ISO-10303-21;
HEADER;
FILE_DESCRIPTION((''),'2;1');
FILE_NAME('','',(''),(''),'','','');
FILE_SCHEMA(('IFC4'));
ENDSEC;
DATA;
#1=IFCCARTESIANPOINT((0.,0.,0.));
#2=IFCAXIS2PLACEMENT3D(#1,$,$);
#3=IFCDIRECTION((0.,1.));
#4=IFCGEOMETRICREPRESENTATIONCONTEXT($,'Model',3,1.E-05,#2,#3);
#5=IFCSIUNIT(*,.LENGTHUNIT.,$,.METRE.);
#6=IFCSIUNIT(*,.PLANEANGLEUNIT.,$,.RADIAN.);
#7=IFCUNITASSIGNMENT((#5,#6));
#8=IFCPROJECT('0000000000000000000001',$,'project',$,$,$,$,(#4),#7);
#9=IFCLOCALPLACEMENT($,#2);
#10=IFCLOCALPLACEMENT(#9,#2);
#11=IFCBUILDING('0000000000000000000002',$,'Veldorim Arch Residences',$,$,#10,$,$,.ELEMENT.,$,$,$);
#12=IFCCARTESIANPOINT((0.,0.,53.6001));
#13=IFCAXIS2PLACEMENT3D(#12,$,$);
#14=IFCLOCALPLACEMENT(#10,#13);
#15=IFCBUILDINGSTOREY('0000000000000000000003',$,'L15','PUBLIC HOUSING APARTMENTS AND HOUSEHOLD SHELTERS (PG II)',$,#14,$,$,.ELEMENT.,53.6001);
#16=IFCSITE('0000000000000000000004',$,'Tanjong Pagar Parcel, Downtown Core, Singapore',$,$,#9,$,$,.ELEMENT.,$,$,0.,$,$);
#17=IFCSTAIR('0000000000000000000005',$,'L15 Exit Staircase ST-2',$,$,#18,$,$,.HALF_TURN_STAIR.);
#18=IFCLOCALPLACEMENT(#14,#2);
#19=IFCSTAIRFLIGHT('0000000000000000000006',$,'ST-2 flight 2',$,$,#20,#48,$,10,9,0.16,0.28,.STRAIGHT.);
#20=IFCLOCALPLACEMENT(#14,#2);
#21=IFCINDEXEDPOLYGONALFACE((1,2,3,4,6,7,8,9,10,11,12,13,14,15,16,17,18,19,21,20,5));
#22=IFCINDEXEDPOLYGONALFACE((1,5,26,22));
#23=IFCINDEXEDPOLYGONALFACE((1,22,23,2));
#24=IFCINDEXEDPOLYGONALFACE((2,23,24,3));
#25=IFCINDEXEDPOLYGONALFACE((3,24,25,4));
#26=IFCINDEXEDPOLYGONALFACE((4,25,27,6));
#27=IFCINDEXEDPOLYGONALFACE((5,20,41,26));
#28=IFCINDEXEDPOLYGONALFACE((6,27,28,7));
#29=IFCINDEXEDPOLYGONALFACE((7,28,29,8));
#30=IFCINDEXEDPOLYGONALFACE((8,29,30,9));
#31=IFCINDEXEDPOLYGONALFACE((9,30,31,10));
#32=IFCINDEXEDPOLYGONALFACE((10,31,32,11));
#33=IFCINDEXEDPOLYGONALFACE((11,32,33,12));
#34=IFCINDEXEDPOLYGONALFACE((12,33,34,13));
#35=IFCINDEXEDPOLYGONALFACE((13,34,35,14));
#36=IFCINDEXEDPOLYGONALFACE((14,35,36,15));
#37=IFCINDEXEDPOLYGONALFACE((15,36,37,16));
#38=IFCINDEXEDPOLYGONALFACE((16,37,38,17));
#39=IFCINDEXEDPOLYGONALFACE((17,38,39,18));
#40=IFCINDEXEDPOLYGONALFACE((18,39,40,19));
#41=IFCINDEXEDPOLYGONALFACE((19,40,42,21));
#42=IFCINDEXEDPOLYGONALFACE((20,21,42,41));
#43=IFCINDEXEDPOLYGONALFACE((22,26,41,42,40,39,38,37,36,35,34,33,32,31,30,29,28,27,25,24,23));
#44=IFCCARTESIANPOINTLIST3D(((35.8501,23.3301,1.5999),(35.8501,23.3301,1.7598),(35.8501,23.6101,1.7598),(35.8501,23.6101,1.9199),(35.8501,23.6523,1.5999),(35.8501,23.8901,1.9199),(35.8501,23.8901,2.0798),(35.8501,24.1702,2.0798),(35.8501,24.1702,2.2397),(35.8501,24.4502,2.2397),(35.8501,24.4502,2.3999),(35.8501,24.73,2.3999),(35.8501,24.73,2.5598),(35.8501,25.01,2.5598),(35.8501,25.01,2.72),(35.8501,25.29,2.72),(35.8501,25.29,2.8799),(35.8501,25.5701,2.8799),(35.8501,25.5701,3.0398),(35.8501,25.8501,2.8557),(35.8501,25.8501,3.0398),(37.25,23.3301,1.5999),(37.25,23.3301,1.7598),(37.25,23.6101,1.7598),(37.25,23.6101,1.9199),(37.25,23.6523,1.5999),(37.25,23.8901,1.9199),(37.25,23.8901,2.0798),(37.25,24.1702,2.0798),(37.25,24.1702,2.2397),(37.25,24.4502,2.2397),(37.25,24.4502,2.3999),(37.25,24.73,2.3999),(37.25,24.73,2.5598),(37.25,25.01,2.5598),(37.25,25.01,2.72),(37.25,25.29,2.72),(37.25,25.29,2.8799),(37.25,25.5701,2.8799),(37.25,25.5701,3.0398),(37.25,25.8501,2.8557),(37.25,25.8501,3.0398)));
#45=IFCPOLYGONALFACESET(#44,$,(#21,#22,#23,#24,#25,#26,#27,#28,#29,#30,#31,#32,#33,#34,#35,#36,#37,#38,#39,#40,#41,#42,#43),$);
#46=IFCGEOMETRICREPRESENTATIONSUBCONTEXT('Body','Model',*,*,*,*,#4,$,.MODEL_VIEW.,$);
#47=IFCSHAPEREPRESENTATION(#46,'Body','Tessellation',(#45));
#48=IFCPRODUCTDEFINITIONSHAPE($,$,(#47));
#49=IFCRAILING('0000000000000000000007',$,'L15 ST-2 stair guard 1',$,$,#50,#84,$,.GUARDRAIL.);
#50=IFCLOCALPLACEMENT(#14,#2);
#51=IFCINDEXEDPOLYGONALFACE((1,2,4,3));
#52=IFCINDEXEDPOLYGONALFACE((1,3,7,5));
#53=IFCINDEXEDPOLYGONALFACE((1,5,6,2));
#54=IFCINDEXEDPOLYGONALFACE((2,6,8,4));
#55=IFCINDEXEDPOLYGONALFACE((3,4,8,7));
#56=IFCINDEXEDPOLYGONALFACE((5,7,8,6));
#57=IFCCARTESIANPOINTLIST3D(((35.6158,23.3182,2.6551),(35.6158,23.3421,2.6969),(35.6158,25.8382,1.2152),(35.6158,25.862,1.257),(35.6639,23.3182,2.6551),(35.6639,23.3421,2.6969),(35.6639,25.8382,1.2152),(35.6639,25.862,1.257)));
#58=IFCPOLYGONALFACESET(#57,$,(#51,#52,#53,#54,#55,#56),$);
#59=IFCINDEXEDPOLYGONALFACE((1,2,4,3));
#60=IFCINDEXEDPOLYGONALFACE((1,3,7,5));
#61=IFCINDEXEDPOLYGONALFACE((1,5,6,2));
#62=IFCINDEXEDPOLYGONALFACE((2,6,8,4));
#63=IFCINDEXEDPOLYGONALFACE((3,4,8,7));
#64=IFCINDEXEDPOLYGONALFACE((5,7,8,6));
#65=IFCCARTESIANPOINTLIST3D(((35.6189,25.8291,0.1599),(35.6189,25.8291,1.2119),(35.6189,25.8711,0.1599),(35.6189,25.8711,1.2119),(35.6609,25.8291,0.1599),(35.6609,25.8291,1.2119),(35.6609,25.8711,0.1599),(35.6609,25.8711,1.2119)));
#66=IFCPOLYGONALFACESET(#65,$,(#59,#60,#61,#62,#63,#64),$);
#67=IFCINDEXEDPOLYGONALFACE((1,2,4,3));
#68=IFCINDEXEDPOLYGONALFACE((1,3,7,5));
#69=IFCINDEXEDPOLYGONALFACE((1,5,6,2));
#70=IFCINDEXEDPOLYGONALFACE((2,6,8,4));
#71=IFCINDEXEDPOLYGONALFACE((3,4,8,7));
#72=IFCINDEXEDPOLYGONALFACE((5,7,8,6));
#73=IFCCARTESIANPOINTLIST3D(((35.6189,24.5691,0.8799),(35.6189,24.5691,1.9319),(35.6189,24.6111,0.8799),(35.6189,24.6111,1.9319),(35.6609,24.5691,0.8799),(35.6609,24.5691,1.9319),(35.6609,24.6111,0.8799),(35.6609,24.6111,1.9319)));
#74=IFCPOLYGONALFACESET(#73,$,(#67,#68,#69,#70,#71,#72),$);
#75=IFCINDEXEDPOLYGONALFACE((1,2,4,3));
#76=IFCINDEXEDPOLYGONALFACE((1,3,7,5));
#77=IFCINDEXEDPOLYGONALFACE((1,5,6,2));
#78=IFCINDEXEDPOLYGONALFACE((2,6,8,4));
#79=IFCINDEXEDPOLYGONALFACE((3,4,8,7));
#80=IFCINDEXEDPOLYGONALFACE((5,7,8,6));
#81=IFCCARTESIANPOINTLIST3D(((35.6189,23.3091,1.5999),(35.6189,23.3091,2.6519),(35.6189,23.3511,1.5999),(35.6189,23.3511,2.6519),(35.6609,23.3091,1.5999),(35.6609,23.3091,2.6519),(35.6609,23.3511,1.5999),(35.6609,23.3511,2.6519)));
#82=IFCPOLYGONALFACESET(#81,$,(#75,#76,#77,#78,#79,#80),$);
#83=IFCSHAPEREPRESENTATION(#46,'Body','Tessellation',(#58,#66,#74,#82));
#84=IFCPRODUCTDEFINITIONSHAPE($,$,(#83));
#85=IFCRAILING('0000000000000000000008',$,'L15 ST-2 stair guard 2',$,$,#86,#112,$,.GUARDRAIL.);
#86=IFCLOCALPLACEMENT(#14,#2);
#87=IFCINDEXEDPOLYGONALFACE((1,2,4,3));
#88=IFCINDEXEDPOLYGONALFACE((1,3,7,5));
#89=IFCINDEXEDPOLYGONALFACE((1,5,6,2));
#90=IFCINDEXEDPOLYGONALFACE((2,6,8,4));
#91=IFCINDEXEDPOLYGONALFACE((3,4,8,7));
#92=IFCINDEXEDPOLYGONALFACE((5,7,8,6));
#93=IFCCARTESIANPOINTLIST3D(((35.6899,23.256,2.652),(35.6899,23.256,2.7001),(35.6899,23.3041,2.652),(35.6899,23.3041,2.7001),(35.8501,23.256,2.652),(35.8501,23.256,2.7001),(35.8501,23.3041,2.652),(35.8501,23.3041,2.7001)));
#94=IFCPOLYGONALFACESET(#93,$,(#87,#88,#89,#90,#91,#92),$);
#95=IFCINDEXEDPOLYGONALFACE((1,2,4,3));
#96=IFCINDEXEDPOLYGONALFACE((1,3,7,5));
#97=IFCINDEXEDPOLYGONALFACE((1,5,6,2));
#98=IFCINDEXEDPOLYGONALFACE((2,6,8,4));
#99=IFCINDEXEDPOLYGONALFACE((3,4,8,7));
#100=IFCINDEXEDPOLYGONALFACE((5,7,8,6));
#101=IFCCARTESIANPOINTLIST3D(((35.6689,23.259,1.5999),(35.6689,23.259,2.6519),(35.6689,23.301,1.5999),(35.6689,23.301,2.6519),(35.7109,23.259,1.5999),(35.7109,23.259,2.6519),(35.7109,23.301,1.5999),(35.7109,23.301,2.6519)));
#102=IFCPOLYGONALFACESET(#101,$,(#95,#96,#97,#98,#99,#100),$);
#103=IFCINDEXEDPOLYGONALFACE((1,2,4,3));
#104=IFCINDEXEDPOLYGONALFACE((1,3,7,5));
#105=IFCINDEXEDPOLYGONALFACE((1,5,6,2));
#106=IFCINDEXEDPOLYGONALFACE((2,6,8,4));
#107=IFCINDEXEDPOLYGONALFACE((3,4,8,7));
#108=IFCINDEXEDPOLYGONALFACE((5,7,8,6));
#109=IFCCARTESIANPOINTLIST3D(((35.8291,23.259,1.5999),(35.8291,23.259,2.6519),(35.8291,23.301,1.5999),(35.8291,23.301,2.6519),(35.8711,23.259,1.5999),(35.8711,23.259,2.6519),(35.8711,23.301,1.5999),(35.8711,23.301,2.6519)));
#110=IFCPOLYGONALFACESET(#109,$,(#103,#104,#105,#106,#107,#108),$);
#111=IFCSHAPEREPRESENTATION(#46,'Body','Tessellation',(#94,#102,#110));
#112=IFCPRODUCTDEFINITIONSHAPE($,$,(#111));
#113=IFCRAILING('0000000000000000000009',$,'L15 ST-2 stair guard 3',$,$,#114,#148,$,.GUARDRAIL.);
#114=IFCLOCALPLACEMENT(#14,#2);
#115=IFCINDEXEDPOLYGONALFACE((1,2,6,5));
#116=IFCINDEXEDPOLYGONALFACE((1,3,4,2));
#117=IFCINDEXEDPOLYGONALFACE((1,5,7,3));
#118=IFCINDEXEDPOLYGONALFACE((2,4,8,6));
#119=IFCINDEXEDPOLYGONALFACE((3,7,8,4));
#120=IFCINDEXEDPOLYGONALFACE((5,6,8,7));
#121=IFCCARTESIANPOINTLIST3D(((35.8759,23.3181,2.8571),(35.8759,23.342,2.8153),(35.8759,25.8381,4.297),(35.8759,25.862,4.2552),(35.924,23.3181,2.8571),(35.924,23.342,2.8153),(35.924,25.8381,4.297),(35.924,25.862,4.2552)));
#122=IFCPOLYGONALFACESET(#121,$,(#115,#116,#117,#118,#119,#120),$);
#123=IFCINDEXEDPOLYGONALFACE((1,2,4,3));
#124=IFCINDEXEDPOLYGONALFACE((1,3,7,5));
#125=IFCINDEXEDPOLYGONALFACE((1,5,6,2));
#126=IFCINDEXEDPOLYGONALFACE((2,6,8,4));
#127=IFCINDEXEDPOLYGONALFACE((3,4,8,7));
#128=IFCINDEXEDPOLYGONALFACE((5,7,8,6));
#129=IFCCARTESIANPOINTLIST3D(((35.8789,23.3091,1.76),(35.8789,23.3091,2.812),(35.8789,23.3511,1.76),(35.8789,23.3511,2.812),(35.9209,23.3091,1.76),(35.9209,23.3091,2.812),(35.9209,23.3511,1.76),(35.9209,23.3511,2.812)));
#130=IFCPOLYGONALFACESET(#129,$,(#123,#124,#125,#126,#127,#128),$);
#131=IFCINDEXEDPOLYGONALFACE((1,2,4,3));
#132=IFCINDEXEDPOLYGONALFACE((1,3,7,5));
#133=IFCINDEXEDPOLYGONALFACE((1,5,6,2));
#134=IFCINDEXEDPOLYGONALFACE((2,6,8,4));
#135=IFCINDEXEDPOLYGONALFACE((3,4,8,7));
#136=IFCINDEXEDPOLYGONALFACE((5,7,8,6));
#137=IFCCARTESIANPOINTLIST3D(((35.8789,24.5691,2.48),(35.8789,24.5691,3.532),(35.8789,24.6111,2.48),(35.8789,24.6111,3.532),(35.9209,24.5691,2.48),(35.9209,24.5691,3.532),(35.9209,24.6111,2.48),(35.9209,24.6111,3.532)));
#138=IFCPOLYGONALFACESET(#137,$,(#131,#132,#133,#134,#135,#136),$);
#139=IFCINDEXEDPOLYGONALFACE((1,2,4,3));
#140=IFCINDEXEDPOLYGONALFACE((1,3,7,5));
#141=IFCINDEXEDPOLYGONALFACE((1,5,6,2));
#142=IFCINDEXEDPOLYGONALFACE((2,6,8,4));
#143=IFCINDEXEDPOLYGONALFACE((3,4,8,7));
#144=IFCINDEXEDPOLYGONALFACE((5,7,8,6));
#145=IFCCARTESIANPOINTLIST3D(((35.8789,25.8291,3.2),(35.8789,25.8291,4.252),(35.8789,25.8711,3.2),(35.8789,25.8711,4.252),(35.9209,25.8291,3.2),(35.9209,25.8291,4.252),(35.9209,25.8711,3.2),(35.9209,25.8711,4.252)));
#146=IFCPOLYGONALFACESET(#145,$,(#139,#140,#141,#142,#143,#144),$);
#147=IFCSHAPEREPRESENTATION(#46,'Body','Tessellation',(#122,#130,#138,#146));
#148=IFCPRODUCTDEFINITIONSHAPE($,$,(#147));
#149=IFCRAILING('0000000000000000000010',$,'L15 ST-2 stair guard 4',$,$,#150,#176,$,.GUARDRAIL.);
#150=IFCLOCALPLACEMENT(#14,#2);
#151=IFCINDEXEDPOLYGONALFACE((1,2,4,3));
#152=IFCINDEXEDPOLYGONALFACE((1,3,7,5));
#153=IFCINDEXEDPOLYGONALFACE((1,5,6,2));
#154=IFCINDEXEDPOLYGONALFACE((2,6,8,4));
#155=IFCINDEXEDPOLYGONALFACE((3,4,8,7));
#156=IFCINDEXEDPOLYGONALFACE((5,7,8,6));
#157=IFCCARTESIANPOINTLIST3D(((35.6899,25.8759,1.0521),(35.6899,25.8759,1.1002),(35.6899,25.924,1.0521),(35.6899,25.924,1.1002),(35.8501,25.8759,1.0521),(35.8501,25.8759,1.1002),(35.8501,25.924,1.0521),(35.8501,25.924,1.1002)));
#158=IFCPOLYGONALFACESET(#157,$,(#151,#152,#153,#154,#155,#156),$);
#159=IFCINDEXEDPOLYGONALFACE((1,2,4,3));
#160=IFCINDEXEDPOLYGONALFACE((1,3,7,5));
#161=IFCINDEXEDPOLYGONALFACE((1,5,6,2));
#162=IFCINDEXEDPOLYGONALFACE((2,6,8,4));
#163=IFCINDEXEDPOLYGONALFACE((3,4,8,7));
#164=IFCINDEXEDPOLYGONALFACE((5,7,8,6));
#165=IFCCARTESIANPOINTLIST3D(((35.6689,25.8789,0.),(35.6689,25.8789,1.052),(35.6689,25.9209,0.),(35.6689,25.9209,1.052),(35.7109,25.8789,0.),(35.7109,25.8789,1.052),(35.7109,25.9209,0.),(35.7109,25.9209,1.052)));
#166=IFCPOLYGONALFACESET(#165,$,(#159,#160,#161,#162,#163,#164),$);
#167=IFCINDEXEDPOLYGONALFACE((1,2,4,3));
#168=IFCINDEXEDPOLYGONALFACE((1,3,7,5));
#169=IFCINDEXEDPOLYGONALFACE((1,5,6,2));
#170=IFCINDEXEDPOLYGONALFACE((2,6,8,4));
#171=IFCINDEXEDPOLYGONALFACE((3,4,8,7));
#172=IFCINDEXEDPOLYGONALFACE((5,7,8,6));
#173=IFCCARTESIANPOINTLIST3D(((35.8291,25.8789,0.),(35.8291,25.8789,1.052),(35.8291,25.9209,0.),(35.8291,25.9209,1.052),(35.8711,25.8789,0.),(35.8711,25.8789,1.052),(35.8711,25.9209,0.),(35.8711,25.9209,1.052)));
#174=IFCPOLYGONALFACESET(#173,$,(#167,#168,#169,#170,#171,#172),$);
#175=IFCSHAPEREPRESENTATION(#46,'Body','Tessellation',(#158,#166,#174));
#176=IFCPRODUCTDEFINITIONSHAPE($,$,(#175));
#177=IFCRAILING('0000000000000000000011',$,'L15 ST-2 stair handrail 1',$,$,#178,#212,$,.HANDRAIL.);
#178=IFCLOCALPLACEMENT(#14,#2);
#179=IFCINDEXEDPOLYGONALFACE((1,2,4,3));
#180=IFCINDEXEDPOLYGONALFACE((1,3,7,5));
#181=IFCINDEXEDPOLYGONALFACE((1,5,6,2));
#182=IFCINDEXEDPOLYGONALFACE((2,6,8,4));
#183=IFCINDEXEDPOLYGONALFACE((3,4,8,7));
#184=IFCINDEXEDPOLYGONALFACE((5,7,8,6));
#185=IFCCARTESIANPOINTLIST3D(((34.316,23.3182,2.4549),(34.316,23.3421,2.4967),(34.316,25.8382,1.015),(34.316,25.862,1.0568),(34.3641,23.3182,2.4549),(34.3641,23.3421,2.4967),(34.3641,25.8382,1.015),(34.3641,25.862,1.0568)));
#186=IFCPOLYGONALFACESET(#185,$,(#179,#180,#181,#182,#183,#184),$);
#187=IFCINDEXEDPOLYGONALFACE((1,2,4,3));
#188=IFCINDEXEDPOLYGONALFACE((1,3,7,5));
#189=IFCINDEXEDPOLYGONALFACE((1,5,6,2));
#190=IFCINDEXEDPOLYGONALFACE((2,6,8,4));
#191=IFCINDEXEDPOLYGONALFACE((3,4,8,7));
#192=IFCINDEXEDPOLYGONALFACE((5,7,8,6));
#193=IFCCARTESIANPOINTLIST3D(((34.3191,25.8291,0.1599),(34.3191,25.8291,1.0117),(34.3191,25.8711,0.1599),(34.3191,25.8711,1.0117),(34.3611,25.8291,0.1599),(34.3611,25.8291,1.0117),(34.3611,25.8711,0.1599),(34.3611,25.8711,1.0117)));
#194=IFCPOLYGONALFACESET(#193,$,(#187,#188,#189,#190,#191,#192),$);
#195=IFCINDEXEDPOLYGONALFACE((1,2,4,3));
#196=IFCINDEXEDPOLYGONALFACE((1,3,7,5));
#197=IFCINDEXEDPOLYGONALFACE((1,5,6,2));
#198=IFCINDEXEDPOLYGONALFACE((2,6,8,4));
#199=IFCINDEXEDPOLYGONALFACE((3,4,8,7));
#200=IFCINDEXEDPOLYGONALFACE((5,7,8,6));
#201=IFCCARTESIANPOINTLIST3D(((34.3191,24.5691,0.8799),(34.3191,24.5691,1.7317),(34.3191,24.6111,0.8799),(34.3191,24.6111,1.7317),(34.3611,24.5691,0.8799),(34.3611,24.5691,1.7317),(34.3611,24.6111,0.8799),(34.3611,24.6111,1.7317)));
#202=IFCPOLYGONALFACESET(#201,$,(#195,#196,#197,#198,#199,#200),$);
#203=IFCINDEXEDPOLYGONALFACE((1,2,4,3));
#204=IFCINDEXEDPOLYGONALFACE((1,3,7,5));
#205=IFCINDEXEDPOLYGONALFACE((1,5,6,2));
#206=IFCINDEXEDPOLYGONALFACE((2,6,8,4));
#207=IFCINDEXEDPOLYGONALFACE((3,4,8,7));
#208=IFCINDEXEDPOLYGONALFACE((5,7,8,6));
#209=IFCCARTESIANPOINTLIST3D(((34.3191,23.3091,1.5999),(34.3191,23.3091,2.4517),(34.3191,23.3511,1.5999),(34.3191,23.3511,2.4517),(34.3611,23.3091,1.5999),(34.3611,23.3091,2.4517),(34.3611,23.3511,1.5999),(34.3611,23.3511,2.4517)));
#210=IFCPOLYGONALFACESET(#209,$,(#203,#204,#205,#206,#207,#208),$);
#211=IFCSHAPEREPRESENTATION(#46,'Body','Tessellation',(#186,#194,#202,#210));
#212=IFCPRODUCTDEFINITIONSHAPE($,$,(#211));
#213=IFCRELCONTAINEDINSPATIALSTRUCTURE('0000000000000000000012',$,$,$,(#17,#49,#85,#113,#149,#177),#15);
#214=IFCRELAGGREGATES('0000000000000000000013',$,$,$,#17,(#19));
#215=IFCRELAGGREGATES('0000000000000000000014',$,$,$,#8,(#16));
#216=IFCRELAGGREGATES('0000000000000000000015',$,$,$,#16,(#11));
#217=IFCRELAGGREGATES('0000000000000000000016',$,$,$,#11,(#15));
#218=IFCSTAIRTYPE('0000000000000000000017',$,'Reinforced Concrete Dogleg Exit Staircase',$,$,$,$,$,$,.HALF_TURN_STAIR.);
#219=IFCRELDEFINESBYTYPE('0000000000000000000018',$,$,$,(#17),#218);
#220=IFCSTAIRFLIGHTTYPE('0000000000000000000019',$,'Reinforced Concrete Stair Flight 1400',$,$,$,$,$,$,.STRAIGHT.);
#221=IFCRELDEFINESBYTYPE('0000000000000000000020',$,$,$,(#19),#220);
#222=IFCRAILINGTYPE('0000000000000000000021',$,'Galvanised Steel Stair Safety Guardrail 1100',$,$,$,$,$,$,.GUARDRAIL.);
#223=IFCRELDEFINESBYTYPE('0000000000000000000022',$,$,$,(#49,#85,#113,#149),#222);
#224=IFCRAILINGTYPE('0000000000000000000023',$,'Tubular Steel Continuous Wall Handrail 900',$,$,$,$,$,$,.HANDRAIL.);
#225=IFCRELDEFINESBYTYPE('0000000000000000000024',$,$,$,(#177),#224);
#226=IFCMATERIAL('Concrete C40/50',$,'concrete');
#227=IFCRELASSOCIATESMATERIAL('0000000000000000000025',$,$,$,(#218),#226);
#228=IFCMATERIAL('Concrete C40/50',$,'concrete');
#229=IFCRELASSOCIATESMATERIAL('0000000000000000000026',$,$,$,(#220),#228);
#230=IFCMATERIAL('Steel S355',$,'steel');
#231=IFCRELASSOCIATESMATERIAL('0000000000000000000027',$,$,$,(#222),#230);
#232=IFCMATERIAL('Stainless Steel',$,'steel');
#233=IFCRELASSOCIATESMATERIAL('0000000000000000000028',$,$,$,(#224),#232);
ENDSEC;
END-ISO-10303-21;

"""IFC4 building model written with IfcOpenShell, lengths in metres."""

from ifc_helpers import new_model, si_unit, direction, frame, origin, origin_2d, place, context, subcontext, project, spatial, polyline, rectangle, outline, extrude, material, type_object, element, aggregate, save


model = new_model("IFC4")

# Units and contexts
model_context = context("Model", 3, precision=1e-05, world=origin(), true_north=direction((0.0, 1.0)))
body_context = subcontext(model_context, "Body", "Model", "MODEL_VIEW")
ifc_project = project(units=[si_unit("LENGTHUNIT", "METRE"), si_unit("PLANEANGLEUNIT", "RADIAN")], contexts=[model_context])

# Site, building, storey
site_placement = place(None, origin())
site = spatial("IfcSite", under=ifc_project, at=site_placement, Name="Tanjong Pagar Parcel, Downtown Core, Singapore", CompositionType="ELEMENT", RefElevation=0.0)
building_placement = place(site_placement, origin())
building = spatial("IfcBuilding", under=site, at=building_placement, Name="Veldorim Arch Residences", CompositionType="ELEMENT")
storey_placement = place(building_placement, frame((0.0, 0.0, 53.6001)))
storey = spatial("IfcBuildingStorey", under=building, at=storey_placement, Name="L15", Description="PUBLIC HOUSING APARTMENTS AND HOUSEHOLD SHELTERS (PG II)", CompositionType="ELEMENT", Elevation=53.6001)

# Stair, stair flight
ifc_material_1 = material(Name="Concrete C40/50", Category="concrete")
stair_type = type_object("IfcStairType", Name="Reinforced Concrete Dogleg Exit Staircase", PredefinedType="HALF_TURN_STAIR", material=ifc_material_1)
stair_placement = place(storey_placement, origin())
stair = element("IfcStair", 1, at=stair_placement, inside=storey, type_object=stair_type, Name="L15 Exit Staircase ST-2", PredefinedType="HALF_TURN_STAIR")
ifc_material_2 = material(Name="Concrete C40/50", Category="concrete")
stair_flight_type = type_object("IfcStairFlightType", Name="Reinforced Concrete Stair Flight 1400", PredefinedType="STRAIGHT", material=ifc_material_2)
stair_flight_1_placement = place(storey_placement, frame((36.55, 23.3301, 1.5999), z_axis=(0.0, 0.0, 1.0), x_axis=(0.0, 1.0, 0.0)))
stair_flight_1 = element("IfcStairFlight", 2, at=stair_flight_1_placement, type_object=stair_flight_type, Name="ST-2 flight 2", NumberOfRisers=10, NumberOfTreads=9, PredefinedType="STRAIGHT", RiserHeight=0.16, TreadLength=0.28, context=body_context, shape_type="SweptSolid", body=[
    extrude(outline(polyline([(0.0, 0.0), (0.0, 0.1599), (0.28, 0.1599), (0.28, 0.3201), (0.5601, 0.3201), (0.5601, 0.48), (0.8401, 0.48), (0.8401, 0.6399), (1.1201, 0.6399), (1.1201, 0.8), (1.3999, 0.8), (1.3999, 0.96), (1.6799, 0.96), (1.6799, 1.1201), (1.96, 1.1201), (1.96, 1.28), (2.24, 1.28), (2.24, 1.4399), (2.52, 1.4399), (2.52, 1.6001), (2.52, 1.2559), (0.3223, 0.0), (0.0, 0.0)])), frame((0.0, 0.7, 0.0), z_axis=(0.0, -1.0, 0.0), x_axis=(1.0, 0.0, 0.0)), (0.0, 0.0, 1.0), 1.3999),
])
aggregate(stair, [stair_flight_1])

# Railings
ifc_material_3 = material(Name="Steel S355", Category="steel")
railing_type_1 = type_object("IfcRailingType", Name="Galvanised Steel Stair Safety Guardrail 1100", PredefinedType="GUARDRAIL", material=ifc_material_3)
railing_1_placement = place(storey_placement, frame((35.6399, 25.8501, 0.1599)))
element("IfcRailing", 3, at=railing_1_placement, inside=storey, type_object=railing_type_1, Name="L15 ST-2 stair guard 1", PredefinedType="GUARDRAIL", context=body_context, shape_type="SweptSolid", body=[
    extrude(rectangle(XDim=0.0481, YDim=0.0481, at=origin_2d()), frame((0.0, 0.0, 1.0762), z_axis=(0.0, -0.868253, 0.496121), x_axis=(1.0, 0.0, 0.0)), (0.0, 0.0, 1.0), 2.9023),
    extrude(rectangle(XDim=0.042, YDim=0.042, at=origin_2d()), origin(), (0.0, 0.0, 1.0), 1.052),
    extrude(rectangle(XDim=0.042, YDim=0.042, at=origin_2d()), frame((0.0, -1.26, 0.72)), (0.0, 0.0, 1.0), 1.052),
    extrude(rectangle(XDim=0.042, YDim=0.042, at=origin_2d()), frame((0.0, -2.52, 1.4399)), (0.0, 0.0, 1.0), 1.052),
])
railing_2_placement = place(storey_placement, frame((35.6899, 23.28, 1.5999)))
element("IfcRailing", 4, at=railing_2_placement, inside=storey, type_object=railing_type_1, Name="L15 ST-2 stair guard 2", PredefinedType="GUARDRAIL", context=body_context, shape_type="SweptSolid", body=[
    extrude(rectangle(XDim=0.0481, YDim=0.0481, at=origin_2d()), frame((0.0, 0.0, 1.0762), z_axis=(1.0, 0.0, 0.0), x_axis=(0.0, 1.0, 0.0)), (0.0, 0.0, 1.0), 0.1602),
    extrude(rectangle(XDim=0.042, YDim=0.042, at=origin_2d()), origin(), (0.0, 0.0, 1.0), 1.052),
    extrude(rectangle(XDim=0.042, YDim=0.042, at=origin_2d()), frame((0.1602, 0.0, 0.0)), (0.0, 0.0, 1.0), 1.052),
])
railing_3_placement = place(storey_placement, frame((35.8999, 23.3301, 1.76)))
element("IfcRailing", 5, at=railing_3_placement, inside=storey, type_object=railing_type_1, Name="L15 ST-2 stair guard 3", PredefinedType="GUARDRAIL", context=body_context, shape_type="SweptSolid", body=[
    extrude(rectangle(XDim=0.0481, YDim=0.0481, at=origin_2d()), frame((0.0, 0.0, 1.0762), z_axis=(0.0, 0.868253, 0.496121), x_axis=(-1.0, 0.0, 0.0)), (0.0, 0.0, 1.0), 2.9023),
    extrude(rectangle(XDim=0.042, YDim=0.042, at=origin_2d()), origin(), (0.0, 0.0, 1.0), 1.052),
    extrude(rectangle(XDim=0.042, YDim=0.042, at=origin_2d()), frame((0.0, 1.26, 0.72)), (0.0, 0.0, 1.0), 1.052),
    extrude(rectangle(XDim=0.042, YDim=0.042, at=origin_2d()), frame((0.0, 2.52, 1.4399)), (0.0, 0.0, 1.0), 1.052),
])
railing_4_placement = place(storey_placement, frame((35.6899, 25.8999, 0.0)))
element("IfcRailing", 6, at=railing_4_placement, inside=storey, type_object=railing_type_1, Name="L15 ST-2 stair guard 4", PredefinedType="GUARDRAIL", context=body_context, shape_type="SweptSolid", body=[
    extrude(rectangle(XDim=0.0481, YDim=0.0481, at=origin_2d()), frame((0.0, 0.0, 1.0762), z_axis=(1.0, 0.0, 0.0), x_axis=(0.0, 1.0, 0.0)), (0.0, 0.0, 1.0), 0.1602),
    extrude(rectangle(XDim=0.042, YDim=0.042, at=origin_2d()), origin(), (0.0, 0.0, 1.0), 1.052),
    extrude(rectangle(XDim=0.042, YDim=0.042, at=origin_2d()), frame((0.1602, 0.0, 0.0)), (0.0, 0.0, 1.0), 1.052),
])
ifc_material_4 = material(Name="Stainless Steel", Category="steel")
railing_type_2 = type_object("IfcRailingType", Name="Tubular Steel Continuous Wall Handrail 900", PredefinedType="HANDRAIL", material=ifc_material_4)
railing_5_placement = place(storey_placement, frame((34.3401, 25.8501, 0.1599)))
element("IfcRailing", 7, at=railing_5_placement, inside=storey, type_object=railing_type_2, Name="L15 ST-2 stair handrail 1", PredefinedType="HANDRAIL", context=body_context, shape_type="SweptSolid", body=[
    extrude(rectangle(XDim=0.0481, YDim=0.0481, at=origin_2d()), frame((0.0, 0.0, 0.876), z_axis=(0.0, -0.868253, 0.496121), x_axis=(1.0, 0.0, 0.0)), (0.0, 0.0, 1.0), 2.9023),
    extrude(rectangle(XDim=0.042, YDim=0.042, at=origin_2d()), origin(), (0.0, 0.0, 1.0), 0.8518),
    extrude(rectangle(XDim=0.042, YDim=0.042, at=origin_2d()), frame((0.0, -1.26, 0.72)), (0.0, 0.0, 1.0), 0.8518),
    extrude(rectangle(XDim=0.042, YDim=0.042, at=origin_2d()), frame((0.0, -2.52, 1.4399)), (0.0, 0.0, 1.0), 0.8518),
])

save(model, "model.ifc")
